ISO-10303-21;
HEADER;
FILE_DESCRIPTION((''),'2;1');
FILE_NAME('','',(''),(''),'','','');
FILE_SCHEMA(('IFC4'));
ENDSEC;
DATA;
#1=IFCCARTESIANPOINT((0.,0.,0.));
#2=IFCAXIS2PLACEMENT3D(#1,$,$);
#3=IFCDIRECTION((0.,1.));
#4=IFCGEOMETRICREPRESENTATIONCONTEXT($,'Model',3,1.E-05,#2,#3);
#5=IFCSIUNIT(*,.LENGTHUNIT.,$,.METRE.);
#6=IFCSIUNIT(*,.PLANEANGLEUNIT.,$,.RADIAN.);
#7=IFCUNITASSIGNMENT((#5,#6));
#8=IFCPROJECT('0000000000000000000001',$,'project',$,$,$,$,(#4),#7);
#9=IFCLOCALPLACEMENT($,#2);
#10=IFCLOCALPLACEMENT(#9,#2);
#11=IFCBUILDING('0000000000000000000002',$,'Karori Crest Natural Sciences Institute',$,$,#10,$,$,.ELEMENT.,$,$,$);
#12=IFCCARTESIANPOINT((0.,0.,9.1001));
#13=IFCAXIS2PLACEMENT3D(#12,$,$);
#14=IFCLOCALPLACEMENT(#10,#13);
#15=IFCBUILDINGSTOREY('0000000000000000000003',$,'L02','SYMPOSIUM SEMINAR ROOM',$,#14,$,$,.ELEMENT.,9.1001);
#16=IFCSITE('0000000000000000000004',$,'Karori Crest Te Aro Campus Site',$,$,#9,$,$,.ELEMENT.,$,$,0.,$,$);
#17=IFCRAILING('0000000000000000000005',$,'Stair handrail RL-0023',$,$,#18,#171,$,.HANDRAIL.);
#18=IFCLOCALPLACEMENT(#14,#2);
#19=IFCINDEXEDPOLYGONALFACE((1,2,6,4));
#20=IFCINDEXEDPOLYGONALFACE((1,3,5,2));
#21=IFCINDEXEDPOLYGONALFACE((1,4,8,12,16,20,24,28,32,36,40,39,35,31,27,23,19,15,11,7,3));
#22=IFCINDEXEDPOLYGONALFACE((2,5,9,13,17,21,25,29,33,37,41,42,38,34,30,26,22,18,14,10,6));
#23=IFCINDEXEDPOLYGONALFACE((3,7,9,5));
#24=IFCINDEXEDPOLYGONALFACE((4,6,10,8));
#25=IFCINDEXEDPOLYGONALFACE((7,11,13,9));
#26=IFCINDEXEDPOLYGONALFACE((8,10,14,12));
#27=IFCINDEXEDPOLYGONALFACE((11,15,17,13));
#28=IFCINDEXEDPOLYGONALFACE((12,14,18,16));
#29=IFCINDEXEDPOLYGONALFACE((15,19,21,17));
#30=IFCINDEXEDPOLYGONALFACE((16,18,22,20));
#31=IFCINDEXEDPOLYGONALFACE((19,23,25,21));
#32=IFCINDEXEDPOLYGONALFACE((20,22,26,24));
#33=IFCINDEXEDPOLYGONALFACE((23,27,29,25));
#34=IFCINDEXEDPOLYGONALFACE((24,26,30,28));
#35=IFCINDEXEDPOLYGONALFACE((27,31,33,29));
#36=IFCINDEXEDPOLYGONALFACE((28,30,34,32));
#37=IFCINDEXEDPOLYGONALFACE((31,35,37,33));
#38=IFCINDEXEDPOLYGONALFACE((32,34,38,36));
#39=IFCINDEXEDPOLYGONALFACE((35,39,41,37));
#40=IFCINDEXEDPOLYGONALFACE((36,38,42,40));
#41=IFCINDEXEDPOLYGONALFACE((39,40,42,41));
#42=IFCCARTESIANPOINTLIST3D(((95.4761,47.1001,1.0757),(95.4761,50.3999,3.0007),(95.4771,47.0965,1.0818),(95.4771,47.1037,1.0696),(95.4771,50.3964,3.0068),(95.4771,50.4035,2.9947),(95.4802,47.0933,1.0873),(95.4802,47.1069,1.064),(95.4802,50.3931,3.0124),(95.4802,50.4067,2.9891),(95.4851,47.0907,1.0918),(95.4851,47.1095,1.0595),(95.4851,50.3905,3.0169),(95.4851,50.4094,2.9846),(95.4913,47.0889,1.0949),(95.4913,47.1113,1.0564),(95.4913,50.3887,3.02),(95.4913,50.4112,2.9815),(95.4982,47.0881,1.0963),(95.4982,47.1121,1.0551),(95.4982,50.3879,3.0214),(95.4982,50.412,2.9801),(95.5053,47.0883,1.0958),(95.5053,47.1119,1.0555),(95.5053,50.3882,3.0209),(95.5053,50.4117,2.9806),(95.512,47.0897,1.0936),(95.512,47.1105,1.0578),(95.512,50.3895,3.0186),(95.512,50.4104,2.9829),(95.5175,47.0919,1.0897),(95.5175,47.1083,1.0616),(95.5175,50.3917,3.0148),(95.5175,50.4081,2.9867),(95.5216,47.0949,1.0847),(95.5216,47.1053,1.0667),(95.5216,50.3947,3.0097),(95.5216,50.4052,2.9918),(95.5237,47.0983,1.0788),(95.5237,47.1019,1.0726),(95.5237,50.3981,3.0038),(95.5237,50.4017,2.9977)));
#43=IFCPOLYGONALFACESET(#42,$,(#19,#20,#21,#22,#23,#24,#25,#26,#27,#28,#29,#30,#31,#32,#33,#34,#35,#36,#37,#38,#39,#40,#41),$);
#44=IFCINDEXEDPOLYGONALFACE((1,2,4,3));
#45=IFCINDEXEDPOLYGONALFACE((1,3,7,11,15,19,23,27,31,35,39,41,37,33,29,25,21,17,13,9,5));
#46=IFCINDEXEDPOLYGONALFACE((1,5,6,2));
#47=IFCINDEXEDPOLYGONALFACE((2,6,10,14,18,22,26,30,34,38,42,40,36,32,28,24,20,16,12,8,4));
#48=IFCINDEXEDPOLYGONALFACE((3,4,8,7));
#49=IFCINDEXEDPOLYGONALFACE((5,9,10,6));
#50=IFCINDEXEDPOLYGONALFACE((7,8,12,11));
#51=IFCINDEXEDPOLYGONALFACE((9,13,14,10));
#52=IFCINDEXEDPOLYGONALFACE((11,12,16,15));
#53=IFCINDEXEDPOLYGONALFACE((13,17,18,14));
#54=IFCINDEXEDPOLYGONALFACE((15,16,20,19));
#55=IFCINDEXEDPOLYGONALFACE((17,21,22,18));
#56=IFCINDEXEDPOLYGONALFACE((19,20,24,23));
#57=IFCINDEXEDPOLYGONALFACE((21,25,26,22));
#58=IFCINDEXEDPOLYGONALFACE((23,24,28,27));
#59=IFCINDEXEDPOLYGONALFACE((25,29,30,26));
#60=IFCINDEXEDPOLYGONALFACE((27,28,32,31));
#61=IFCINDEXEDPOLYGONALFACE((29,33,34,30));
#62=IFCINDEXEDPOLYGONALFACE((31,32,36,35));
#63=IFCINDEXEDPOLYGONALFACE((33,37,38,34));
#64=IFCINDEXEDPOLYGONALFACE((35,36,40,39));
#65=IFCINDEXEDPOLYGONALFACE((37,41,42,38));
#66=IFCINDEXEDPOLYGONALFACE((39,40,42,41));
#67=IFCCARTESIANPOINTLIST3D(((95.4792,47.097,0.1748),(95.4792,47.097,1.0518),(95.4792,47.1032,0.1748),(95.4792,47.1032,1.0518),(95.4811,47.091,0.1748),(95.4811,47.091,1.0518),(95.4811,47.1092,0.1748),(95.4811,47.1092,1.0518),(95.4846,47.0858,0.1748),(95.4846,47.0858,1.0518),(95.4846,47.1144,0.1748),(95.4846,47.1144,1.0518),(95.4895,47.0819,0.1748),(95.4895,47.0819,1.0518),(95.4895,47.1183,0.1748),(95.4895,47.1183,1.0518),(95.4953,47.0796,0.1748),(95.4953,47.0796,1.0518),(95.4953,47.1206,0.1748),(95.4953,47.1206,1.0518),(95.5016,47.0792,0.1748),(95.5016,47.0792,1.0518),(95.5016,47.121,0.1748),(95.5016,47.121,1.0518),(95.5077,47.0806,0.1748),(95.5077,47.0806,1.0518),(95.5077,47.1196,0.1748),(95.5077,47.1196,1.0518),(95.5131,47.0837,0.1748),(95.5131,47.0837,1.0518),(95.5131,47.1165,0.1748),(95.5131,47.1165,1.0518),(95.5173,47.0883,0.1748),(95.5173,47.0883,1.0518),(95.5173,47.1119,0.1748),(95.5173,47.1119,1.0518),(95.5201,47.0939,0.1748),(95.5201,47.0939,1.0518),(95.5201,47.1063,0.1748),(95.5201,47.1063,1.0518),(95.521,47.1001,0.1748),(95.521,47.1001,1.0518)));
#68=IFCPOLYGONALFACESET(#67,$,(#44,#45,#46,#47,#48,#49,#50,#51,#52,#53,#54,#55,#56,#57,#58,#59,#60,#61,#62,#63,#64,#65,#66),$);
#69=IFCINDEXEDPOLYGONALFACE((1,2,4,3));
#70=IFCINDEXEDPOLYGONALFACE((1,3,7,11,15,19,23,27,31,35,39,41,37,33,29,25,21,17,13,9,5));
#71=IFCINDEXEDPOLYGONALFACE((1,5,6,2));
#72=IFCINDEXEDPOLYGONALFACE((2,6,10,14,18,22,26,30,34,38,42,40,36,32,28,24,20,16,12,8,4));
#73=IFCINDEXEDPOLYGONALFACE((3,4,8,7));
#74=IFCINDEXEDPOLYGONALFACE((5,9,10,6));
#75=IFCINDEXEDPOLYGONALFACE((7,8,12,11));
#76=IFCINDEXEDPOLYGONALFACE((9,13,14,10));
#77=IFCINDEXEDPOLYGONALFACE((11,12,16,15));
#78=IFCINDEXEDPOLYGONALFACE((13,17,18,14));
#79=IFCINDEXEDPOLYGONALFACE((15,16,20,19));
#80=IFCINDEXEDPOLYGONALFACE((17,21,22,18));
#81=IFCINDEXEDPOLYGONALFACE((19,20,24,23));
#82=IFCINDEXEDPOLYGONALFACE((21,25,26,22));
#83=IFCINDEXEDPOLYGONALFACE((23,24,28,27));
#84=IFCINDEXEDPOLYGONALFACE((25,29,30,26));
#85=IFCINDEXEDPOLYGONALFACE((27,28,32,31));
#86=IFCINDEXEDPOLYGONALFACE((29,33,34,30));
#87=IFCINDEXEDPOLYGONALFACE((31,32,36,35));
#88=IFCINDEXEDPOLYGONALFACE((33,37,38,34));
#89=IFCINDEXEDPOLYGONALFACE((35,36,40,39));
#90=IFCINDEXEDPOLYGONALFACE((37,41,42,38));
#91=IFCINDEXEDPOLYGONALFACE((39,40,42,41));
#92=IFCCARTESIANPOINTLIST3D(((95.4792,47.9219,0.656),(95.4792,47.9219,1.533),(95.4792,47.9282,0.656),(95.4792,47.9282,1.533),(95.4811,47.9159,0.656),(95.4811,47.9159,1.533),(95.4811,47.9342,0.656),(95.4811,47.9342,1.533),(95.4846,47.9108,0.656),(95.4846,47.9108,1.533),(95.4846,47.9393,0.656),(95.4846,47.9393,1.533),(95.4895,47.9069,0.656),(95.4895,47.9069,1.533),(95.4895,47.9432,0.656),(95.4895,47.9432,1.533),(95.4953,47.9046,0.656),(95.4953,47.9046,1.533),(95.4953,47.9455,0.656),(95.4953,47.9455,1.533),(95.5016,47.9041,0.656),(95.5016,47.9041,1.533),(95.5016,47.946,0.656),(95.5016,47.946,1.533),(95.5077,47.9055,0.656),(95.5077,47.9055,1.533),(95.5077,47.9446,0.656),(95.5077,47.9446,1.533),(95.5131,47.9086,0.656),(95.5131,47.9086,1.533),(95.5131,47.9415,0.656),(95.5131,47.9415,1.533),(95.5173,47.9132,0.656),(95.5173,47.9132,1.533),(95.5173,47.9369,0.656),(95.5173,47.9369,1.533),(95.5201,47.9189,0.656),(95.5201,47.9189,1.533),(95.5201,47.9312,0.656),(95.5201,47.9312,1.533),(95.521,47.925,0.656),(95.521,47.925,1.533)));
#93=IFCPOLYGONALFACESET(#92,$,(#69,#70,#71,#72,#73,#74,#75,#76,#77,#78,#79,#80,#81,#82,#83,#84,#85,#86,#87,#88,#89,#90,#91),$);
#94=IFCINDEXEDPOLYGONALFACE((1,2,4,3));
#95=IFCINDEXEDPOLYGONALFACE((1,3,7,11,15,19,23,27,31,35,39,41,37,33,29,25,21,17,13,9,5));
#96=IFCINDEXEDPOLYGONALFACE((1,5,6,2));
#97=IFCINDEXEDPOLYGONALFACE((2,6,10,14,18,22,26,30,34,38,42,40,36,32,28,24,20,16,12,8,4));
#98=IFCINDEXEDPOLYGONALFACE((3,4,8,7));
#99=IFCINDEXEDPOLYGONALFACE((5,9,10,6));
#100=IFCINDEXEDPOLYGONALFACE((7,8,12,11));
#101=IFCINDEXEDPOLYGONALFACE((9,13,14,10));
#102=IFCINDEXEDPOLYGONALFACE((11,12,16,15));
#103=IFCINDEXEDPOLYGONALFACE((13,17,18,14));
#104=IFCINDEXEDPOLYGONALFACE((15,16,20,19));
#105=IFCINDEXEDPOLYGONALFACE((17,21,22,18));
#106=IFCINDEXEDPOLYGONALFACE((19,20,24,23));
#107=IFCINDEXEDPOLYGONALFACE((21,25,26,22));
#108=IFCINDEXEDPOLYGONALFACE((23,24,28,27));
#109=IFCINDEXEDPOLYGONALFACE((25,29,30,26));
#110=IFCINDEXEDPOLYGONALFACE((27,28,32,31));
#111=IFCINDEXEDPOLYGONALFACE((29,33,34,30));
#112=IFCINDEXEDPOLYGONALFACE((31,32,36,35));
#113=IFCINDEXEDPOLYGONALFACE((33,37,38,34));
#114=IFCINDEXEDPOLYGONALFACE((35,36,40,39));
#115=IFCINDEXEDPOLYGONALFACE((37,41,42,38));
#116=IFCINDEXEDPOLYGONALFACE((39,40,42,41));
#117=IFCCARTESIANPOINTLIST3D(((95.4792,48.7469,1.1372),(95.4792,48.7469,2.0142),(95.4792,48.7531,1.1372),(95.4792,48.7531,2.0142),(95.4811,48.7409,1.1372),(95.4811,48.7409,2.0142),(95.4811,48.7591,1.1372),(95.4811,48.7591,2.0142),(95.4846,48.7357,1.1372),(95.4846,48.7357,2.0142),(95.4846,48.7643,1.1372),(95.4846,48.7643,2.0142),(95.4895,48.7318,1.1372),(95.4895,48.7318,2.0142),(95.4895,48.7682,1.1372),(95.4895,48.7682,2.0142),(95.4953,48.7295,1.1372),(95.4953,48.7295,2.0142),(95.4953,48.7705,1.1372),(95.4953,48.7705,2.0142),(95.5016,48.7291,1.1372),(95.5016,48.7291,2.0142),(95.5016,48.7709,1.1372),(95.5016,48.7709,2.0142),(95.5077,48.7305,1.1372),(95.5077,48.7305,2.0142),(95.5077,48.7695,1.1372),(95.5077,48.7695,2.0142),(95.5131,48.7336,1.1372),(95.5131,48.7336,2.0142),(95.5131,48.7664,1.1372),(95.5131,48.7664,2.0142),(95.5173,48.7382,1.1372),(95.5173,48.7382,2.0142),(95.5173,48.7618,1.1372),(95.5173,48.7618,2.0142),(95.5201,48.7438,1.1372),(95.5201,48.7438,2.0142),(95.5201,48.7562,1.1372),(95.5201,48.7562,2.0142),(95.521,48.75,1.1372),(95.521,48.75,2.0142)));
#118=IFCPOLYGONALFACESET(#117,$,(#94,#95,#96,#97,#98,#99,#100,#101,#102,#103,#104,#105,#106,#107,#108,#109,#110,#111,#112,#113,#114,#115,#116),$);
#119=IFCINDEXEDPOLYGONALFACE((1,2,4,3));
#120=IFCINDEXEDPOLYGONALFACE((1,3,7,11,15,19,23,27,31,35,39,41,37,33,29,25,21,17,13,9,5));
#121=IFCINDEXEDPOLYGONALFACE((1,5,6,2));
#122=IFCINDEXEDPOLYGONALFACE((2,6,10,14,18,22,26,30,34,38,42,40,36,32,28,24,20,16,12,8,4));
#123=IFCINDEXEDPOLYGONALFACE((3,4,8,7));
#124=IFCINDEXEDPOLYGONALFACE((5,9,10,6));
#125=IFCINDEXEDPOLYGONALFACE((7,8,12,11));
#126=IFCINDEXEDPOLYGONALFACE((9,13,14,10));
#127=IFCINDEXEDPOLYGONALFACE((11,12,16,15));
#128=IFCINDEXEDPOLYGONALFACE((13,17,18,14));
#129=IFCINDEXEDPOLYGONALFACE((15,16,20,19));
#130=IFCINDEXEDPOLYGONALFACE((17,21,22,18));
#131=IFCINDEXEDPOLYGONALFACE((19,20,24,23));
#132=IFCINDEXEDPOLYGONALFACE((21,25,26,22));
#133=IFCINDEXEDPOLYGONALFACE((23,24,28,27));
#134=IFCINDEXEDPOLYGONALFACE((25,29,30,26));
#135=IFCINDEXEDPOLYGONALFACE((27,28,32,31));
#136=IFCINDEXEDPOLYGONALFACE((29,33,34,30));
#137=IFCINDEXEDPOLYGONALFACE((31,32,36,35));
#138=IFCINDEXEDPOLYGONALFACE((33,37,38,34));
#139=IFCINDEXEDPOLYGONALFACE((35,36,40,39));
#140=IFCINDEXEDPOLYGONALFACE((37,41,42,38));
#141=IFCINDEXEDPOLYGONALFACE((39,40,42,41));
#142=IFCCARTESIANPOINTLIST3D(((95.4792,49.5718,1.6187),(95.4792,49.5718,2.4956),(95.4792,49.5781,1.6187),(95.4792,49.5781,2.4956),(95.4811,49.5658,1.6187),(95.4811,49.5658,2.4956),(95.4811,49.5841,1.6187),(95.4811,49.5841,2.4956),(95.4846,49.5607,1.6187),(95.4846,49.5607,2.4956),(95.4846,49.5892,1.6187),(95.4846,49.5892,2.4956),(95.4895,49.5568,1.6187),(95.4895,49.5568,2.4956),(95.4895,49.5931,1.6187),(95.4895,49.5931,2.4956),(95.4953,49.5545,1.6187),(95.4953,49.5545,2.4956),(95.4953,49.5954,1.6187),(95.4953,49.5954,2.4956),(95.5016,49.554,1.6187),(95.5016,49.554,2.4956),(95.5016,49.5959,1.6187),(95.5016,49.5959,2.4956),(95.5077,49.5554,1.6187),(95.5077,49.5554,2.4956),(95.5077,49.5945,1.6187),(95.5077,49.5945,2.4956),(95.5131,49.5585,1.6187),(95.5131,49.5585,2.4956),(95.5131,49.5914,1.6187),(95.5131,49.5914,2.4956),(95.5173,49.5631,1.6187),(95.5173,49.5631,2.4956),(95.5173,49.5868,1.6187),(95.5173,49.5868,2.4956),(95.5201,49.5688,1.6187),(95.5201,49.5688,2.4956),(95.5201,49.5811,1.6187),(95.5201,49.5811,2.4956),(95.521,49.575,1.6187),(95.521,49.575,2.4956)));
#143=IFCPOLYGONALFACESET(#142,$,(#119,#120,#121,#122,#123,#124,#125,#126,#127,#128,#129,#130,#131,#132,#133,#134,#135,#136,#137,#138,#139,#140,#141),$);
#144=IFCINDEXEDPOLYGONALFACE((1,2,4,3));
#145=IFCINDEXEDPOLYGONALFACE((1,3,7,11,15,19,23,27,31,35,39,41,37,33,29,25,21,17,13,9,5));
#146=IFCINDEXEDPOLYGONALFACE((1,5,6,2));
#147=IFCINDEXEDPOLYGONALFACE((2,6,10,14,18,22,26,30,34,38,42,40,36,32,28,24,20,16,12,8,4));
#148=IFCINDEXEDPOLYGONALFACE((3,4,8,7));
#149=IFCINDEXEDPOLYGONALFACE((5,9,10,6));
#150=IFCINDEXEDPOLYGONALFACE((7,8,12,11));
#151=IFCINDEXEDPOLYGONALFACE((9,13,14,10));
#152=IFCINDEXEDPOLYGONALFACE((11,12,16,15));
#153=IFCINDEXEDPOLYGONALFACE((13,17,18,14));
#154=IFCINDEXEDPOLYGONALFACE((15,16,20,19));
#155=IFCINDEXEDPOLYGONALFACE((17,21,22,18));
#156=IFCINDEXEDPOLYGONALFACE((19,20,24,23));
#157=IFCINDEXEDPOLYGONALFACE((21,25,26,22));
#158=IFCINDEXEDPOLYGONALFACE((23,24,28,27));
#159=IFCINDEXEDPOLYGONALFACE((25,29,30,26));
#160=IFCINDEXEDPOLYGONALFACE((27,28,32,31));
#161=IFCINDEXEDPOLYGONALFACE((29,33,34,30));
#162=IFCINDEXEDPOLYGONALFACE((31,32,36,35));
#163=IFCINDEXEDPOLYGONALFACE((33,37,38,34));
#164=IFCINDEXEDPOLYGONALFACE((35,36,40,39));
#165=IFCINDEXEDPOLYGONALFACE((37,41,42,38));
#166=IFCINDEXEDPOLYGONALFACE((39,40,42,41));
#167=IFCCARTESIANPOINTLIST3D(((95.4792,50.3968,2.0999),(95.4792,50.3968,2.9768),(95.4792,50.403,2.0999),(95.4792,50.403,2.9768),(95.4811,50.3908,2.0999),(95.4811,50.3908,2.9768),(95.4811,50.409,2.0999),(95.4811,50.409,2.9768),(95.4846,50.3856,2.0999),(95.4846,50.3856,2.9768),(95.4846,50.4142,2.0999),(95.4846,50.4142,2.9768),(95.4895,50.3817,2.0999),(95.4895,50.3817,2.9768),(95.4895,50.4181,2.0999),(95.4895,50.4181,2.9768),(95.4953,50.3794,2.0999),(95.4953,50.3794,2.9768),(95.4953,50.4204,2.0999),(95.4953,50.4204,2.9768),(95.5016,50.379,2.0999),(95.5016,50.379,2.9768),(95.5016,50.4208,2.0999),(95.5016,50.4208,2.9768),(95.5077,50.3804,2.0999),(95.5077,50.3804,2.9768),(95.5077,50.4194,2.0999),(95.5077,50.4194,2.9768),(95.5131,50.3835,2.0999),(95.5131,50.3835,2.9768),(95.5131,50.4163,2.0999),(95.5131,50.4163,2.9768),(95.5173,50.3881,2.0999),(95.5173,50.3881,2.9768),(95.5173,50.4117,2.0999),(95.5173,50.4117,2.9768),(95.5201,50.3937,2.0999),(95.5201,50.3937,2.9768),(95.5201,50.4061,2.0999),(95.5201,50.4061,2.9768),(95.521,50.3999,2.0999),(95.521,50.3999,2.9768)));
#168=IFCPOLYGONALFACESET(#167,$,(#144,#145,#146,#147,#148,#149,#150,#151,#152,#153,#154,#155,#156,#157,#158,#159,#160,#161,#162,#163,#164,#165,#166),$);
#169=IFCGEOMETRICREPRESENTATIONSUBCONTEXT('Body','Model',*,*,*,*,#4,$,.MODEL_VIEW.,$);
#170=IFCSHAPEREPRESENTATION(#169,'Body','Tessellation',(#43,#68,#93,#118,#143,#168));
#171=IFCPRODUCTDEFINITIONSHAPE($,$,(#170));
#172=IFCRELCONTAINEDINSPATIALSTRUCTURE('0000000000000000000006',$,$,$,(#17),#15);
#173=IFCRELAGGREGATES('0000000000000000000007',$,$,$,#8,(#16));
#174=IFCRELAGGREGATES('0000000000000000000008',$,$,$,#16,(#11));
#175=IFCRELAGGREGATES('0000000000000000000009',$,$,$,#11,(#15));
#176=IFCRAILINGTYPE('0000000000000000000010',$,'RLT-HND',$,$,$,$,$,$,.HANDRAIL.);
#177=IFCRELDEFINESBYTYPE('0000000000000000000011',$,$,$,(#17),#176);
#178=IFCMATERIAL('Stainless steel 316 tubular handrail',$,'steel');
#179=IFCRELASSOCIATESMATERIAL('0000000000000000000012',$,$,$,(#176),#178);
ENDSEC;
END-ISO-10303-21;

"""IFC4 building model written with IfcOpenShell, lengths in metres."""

from ifc_helpers import new_model, si_unit, direction, frame, origin, origin_2d, place, context, subcontext, project, spatial, circle, extrude, material, type_object, element, save


model = new_model("IFC4")

# Units and contexts
model_context = context("Model", 3, precision=1e-05, world=origin(), true_north=direction((0.0, 1.0)))
body_context = subcontext(model_context, "Body", "Model", "MODEL_VIEW")
ifc_project = project(units=[si_unit("LENGTHUNIT", "METRE"), si_unit("PLANEANGLEUNIT", "RADIAN")], contexts=[model_context])

# Site, building, storey
site_placement = place(None, origin())
site = spatial("IfcSite", under=ifc_project, at=site_placement, Name="Karori Crest Te Aro Campus Site", CompositionType="ELEMENT", RefElevation=0.0)
building_placement = place(site_placement, origin())
building = spatial("IfcBuilding", under=site, at=building_placement, Name="Karori Crest Natural Sciences Institute", CompositionType="ELEMENT")
storey_placement = place(building_placement, frame((0.0, 0.0, 9.1001)))
storey = spatial("IfcBuildingStorey", under=building, at=storey_placement, Name="L02", Description="SYMPOSIUM SEMINAR ROOM", CompositionType="ELEMENT", Elevation=9.1001)

# Railing
ifc_material_1 = material(Name="Stainless steel 316 tubular handrail", Category="steel")
railing_type_1 = type_object("IfcRailingType", Name="RLT-HND", PredefinedType="HANDRAIL", material=ifc_material_1)
railing_1_placement = place(storey_placement, frame((95.5, 47.1001, 0.1748)))
element("IfcRailing", 1, at=railing_1_placement, inside=storey, type_object=railing_type_1, Name="Stair handrail RL-0023", PredefinedType="HANDRAIL", context=body_context, shape_type="SweptSolid", body=[
    extrude(circle(Radius=0.0239, at=origin_2d()), frame((0.0, 0.0, 0.9009), z_axis=(0.0, 0.86376, 0.503903), x_axis=(-1.0, 0.0, 0.0)), (0.0, 0.0, 1.0), 3.8203),
    extrude(circle(Radius=0.021, at=origin_2d()), origin(), (0.0, 0.0, 1.0), 0.877),
    extrude(circle(Radius=0.021, at=origin_2d()), frame((0.0, 0.825, 0.4812)), (0.0, 0.0, 1.0), 0.877),
    extrude(circle(Radius=0.021, at=origin_2d()), frame((0.0, 1.6499, 0.9624)), (0.0, 0.0, 1.0), 0.877),
    extrude(circle(Radius=0.021, at=origin_2d()), frame((0.0, 2.4749, 1.4438)), (0.0, 0.0, 1.0), 0.877),
    extrude(circle(Radius=0.021, at=origin_2d()), frame((0.0, 3.2998, 1.925)), (0.0, 0.0, 1.0), 0.877),
])

save(model, "model.ifc")
